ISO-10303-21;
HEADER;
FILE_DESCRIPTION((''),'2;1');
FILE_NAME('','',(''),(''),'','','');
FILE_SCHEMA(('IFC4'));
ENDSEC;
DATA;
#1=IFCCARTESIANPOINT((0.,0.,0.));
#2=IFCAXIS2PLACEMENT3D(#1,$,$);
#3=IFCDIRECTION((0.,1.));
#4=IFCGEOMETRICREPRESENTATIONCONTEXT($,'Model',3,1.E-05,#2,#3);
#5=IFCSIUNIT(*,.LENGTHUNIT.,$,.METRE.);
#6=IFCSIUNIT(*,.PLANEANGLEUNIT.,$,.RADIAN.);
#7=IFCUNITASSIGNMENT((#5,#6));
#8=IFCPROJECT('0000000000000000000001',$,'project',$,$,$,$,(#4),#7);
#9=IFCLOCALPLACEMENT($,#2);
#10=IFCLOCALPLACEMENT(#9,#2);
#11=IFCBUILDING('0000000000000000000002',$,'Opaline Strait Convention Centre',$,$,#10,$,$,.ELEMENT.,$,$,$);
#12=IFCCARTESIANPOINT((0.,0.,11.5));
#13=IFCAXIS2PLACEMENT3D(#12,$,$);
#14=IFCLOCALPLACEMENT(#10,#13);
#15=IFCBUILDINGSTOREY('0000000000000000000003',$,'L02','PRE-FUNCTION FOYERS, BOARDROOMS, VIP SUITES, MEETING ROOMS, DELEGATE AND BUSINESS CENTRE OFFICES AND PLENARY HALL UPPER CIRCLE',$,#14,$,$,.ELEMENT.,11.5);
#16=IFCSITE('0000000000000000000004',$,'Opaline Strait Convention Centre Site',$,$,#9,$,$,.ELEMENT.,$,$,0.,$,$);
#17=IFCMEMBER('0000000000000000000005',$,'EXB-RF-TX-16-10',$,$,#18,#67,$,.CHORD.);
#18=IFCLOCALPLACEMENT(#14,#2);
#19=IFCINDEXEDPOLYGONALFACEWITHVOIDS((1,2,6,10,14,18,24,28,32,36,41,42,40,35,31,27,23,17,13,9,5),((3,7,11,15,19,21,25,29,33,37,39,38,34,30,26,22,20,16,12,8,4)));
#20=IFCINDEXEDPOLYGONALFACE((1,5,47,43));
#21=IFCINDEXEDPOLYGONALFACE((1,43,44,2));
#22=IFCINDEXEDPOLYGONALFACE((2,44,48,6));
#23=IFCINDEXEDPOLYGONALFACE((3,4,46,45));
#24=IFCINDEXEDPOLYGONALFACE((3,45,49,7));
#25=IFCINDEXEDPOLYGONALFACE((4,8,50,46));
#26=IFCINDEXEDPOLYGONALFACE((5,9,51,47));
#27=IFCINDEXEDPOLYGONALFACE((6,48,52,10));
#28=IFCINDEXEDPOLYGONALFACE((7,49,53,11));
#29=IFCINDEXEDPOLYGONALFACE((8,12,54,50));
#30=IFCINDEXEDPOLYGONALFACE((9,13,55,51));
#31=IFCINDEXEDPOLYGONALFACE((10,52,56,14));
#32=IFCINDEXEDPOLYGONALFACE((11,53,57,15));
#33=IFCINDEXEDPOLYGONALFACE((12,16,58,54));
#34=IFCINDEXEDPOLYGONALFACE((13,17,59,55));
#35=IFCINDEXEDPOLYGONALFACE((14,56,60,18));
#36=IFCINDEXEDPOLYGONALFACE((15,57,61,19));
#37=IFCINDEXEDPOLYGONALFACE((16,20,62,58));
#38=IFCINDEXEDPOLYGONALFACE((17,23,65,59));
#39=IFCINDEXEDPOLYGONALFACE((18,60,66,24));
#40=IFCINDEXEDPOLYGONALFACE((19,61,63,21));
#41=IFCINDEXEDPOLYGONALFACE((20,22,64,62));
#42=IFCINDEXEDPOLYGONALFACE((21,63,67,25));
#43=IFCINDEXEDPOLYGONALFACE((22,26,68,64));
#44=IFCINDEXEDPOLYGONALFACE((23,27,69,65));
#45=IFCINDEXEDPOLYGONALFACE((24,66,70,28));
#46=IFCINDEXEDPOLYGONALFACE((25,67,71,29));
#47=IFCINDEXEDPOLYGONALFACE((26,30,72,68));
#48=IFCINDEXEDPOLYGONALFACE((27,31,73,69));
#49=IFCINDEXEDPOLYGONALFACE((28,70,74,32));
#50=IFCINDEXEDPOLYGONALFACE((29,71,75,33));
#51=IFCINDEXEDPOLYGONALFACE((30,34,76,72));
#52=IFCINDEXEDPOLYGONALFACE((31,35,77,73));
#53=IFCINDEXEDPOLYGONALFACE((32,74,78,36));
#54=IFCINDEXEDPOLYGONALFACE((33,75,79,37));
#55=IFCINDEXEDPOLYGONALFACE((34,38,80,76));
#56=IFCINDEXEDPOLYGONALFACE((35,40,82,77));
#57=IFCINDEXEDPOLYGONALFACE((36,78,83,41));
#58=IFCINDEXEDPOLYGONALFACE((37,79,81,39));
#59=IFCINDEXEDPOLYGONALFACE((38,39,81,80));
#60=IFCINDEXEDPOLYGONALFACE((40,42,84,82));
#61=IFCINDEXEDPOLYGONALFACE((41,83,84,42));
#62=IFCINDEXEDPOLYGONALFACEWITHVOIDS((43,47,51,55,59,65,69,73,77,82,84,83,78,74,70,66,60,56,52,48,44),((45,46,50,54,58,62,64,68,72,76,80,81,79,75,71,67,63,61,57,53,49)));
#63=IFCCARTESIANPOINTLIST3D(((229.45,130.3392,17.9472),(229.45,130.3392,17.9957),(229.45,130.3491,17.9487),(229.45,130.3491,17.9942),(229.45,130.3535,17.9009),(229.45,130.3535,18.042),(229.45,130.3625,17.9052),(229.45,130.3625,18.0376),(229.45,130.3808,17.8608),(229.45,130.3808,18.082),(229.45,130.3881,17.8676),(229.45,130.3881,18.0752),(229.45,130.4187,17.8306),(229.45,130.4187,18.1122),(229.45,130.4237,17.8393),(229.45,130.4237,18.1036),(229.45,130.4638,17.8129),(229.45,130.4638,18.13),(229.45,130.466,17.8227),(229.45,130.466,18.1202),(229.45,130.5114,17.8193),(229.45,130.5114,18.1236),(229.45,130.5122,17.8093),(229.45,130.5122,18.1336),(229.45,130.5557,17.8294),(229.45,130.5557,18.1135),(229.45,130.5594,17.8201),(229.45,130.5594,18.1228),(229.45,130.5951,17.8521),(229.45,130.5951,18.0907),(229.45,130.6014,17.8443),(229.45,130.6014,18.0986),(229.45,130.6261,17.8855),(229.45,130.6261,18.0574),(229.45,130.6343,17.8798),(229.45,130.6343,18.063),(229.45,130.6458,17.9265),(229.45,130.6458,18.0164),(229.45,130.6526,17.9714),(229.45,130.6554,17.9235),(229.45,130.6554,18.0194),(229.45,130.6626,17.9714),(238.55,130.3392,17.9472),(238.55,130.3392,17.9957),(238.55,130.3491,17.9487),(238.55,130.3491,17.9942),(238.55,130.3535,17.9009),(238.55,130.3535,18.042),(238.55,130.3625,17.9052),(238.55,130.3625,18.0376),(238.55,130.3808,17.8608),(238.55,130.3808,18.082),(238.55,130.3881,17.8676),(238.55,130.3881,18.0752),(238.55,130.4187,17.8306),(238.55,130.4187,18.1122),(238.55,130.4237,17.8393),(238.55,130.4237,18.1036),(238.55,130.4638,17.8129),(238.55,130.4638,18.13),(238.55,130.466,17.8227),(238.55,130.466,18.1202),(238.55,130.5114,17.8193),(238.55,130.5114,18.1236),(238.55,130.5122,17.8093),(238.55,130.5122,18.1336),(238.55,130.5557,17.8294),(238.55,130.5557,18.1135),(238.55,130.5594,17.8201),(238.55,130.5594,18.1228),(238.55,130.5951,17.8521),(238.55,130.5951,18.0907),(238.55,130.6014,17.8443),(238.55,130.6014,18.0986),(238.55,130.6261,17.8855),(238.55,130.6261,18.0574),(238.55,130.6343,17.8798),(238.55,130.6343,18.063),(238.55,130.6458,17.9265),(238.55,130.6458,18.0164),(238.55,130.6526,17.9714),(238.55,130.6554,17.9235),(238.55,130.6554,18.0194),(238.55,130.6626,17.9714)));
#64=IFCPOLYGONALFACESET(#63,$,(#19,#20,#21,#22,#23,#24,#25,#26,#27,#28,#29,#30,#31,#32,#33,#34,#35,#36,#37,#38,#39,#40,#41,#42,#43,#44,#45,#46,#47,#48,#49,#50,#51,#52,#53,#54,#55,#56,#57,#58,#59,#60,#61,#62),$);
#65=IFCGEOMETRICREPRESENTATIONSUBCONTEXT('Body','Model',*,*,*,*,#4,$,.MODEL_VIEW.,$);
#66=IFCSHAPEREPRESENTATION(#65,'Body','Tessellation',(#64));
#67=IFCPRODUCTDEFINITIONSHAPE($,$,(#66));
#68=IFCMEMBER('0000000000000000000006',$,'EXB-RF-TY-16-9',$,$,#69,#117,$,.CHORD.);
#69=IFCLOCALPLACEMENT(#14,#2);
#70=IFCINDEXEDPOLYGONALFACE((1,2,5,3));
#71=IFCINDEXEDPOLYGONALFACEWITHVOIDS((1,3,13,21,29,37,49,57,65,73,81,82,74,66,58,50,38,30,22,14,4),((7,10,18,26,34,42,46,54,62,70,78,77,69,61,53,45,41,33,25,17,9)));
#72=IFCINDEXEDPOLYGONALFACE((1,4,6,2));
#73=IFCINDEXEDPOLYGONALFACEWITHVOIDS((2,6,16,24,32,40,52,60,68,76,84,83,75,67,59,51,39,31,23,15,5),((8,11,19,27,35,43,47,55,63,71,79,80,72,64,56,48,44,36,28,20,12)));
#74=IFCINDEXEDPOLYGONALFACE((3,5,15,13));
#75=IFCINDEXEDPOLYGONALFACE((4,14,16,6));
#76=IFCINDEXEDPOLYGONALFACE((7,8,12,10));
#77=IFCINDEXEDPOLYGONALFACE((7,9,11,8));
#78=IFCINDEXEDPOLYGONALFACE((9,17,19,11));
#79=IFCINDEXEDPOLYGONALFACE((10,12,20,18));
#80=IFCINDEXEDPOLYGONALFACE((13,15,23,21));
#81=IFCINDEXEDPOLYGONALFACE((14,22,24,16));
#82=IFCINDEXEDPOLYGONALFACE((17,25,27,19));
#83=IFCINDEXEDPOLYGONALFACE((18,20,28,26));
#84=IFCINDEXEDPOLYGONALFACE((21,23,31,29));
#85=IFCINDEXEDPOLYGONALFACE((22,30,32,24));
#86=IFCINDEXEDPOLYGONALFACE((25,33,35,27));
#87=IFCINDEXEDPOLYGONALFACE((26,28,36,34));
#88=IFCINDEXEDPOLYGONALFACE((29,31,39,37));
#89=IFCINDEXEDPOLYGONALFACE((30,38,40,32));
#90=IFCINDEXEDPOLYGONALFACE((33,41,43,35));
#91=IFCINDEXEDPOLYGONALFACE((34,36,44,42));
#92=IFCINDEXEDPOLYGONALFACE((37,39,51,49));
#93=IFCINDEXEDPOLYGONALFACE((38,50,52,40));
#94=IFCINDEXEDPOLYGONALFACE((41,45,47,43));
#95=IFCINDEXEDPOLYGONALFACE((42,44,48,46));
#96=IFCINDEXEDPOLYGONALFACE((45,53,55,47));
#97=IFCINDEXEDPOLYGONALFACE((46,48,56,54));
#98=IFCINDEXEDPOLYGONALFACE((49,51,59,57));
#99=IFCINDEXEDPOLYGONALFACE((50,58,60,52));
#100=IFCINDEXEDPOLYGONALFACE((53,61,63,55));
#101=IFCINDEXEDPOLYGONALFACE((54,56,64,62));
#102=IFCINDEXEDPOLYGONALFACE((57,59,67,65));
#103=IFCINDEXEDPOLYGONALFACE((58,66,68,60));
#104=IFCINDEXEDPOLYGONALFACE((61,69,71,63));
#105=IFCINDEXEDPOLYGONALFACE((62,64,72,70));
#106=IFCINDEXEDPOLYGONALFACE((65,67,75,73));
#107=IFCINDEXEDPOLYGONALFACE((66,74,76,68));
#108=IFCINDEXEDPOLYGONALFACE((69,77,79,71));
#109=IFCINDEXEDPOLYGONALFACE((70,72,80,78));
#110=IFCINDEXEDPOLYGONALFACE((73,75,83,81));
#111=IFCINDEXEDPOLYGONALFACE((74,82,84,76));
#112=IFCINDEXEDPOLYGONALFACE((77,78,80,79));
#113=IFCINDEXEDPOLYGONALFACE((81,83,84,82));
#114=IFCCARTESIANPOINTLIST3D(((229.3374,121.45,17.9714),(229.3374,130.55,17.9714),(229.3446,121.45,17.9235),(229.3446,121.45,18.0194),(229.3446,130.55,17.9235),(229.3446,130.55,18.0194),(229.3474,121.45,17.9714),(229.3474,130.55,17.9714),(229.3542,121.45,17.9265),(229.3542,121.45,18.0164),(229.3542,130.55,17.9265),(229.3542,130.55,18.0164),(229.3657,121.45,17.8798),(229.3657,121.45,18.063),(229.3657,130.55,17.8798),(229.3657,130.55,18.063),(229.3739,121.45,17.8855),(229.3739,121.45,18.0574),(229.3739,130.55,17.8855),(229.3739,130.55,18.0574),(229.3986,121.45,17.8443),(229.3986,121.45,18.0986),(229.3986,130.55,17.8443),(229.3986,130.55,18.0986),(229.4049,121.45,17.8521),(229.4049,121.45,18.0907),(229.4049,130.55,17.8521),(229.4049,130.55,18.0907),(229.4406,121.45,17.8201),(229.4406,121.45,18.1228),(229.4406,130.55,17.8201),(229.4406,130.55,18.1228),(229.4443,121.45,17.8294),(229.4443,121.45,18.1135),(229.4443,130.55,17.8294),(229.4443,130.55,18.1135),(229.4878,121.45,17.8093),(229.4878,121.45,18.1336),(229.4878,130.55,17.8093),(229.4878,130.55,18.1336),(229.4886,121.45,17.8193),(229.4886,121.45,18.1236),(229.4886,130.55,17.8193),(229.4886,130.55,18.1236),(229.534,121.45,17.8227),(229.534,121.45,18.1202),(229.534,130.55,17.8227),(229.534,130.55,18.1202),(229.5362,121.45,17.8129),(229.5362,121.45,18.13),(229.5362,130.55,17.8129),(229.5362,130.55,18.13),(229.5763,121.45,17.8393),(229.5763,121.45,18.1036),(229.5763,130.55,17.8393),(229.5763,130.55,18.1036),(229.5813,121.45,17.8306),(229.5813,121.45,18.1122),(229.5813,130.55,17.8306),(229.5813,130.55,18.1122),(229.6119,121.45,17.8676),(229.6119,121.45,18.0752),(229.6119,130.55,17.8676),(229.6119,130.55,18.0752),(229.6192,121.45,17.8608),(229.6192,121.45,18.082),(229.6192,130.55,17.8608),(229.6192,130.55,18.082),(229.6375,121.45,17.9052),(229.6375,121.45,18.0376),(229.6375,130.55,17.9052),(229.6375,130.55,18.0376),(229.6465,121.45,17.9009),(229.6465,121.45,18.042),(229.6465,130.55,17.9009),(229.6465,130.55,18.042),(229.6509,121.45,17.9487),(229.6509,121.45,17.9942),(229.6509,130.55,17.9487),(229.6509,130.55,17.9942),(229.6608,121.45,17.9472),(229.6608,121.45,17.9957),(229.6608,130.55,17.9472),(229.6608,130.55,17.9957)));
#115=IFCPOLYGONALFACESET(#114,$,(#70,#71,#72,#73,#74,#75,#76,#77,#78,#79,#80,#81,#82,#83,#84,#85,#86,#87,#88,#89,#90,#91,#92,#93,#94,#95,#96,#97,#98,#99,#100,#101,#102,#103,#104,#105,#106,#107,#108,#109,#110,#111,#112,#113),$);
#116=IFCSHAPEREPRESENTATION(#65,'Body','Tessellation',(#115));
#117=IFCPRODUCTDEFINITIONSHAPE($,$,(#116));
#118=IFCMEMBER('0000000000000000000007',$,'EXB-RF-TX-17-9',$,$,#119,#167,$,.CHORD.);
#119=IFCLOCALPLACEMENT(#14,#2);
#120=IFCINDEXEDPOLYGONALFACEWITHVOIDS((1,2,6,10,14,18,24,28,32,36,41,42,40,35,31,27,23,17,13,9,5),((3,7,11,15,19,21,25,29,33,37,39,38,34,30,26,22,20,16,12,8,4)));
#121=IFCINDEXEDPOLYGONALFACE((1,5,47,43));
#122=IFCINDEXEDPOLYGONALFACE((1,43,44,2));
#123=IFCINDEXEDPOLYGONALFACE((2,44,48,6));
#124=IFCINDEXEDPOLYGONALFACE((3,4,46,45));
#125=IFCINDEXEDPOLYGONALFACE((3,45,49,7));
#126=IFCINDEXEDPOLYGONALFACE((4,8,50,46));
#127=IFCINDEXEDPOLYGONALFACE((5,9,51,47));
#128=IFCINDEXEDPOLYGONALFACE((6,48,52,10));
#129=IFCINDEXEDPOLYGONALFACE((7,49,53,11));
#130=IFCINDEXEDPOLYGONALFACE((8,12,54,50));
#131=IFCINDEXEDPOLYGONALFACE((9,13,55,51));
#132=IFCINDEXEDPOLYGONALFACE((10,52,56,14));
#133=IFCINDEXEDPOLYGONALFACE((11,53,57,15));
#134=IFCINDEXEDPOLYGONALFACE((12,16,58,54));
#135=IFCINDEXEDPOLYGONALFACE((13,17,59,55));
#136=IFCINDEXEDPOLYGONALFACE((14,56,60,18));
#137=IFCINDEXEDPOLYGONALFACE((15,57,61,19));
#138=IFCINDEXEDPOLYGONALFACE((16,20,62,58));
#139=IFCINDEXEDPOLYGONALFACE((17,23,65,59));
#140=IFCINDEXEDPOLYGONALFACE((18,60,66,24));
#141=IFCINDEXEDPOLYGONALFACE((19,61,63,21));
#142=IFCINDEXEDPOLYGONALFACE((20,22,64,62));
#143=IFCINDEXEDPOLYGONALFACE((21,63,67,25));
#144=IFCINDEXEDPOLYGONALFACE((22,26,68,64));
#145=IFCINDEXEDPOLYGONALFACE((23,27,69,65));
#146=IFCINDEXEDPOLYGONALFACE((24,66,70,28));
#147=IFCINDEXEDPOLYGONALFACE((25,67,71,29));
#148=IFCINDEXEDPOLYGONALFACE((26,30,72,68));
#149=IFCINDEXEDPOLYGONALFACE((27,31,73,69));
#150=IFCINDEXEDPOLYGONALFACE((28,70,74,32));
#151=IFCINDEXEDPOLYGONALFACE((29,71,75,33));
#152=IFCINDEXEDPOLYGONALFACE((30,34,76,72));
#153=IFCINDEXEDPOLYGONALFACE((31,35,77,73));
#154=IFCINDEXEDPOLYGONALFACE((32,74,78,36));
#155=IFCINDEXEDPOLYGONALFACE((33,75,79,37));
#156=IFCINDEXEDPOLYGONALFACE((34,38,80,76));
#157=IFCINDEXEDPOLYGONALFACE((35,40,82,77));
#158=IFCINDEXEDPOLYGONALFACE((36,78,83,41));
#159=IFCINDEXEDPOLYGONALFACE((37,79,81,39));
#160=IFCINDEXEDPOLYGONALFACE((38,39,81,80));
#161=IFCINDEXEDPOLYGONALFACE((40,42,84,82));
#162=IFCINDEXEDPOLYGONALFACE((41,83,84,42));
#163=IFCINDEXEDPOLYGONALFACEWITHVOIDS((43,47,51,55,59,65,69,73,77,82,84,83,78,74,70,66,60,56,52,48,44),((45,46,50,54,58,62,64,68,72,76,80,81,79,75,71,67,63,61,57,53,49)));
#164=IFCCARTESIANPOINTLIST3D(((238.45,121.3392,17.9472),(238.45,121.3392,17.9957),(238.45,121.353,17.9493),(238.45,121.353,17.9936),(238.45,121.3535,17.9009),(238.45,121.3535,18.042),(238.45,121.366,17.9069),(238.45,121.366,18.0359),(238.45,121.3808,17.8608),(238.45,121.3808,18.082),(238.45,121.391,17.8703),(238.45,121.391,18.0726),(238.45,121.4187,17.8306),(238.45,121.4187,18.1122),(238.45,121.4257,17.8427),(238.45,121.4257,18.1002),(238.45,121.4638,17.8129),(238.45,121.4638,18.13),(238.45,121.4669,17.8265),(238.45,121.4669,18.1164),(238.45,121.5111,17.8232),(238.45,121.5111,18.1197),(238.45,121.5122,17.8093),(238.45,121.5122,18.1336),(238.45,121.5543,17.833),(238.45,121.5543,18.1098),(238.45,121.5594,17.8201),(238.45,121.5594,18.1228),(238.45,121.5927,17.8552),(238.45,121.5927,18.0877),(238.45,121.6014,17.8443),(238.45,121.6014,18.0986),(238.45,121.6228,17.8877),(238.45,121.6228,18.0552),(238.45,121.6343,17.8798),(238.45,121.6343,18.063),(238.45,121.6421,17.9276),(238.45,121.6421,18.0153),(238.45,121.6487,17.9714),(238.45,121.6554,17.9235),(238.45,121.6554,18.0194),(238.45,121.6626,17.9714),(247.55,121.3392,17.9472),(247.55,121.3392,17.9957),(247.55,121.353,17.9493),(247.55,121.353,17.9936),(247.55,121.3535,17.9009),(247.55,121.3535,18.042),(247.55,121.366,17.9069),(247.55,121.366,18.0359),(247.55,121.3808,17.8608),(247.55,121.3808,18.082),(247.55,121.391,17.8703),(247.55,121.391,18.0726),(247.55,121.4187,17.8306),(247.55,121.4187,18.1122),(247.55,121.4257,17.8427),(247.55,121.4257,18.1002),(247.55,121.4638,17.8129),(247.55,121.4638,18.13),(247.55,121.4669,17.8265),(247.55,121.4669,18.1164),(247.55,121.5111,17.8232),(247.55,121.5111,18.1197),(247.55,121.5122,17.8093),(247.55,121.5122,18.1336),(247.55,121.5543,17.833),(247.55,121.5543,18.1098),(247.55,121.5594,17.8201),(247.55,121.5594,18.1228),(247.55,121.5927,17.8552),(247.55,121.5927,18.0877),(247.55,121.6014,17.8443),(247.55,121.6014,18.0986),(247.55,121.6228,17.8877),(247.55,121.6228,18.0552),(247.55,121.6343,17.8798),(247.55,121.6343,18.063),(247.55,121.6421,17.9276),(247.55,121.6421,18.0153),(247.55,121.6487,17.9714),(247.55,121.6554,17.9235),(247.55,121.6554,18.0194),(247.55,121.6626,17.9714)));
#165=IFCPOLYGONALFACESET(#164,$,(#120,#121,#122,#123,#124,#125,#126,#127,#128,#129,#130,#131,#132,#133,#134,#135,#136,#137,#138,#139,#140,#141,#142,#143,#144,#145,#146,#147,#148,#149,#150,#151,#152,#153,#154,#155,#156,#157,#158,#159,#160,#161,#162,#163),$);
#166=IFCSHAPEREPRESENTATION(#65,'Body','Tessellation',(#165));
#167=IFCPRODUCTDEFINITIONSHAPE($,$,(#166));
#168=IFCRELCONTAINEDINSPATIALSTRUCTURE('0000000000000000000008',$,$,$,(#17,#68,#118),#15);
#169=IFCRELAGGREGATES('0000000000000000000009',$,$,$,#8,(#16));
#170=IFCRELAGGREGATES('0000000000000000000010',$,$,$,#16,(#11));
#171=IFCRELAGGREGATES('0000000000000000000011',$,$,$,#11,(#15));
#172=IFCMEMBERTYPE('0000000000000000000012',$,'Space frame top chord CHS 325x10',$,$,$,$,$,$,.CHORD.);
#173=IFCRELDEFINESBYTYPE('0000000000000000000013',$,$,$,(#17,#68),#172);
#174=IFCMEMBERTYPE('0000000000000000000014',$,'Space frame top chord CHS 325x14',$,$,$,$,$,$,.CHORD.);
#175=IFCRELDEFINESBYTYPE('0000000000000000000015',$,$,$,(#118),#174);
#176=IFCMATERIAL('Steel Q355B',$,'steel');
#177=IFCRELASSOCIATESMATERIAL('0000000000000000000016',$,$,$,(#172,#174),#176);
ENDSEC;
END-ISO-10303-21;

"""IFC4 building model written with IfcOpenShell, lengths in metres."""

from ifc_helpers import new_model, si_unit, direction, frame, origin, origin_2d, place, context, subcontext, project, spatial, hollow_circle, extrude, material, material_profile, profile_set, type_object, element, save


model = new_model("IFC4")

# Units and contexts
model_context = context("Model", 3, precision=1e-05, world=origin(), true_north=direction((0.0, 1.0)))
body_context = subcontext(model_context, "Body", "Model", "MODEL_VIEW")
ifc_project = project(units=[si_unit("LENGTHUNIT", "METRE"), si_unit("PLANEANGLEUNIT", "RADIAN")], contexts=[model_context])

# Site, building, storey
site_placement = place(None, origin())
site = spatial("IfcSite", under=ifc_project, at=site_placement, Name="Opaline Strait Convention Centre Site", CompositionType="ELEMENT", RefElevation=0.0)
building_placement = place(site_placement, origin())
building = spatial("IfcBuilding", under=site, at=building_placement, Name="Opaline Strait Convention Centre", CompositionType="ELEMENT")
storey_placement = place(building_placement, frame((0.0, 0.0, 11.5)))
storey = spatial("IfcBuildingStorey", under=building, at=storey_placement, Name="L02", Description="PRE-FUNCTION FOYERS, BOARDROOMS, VIP SUITES, MEETING ROOMS, DELEGATE AND BUSINESS CENTRE OFFICES AND PLENARY HALL UPPER CIRCLE", CompositionType="ELEMENT", Elevation=11.5)

# Members
ifc_material = material(Name="Steel Q355B", Category="steel")
ifc_material_profile_1 = material_profile(ifc_material, hollow_circle(Radius=0.1626, WallThickness=0.01, at=origin_2d()), Name="CHS 325x10")
ifc_profile_set_1 = profile_set([ifc_material_profile_1], Name="Steel Q355B")
member_type_1 = type_object("IfcMemberType", Name="Space frame top chord CHS 325x10", PredefinedType="CHORD", material=ifc_profile_set_1)
for number, where, z_axis, x_axis, name in (
    (1, (229.45, 130.5, 17.9714), (1.0, 0.0, 0.0), (0.0, 1.0, 0.0), "EXB-RF-TX-16-10"),
    (2, (229.5, 121.45, 17.9714), (0.0, 1.0, 0.0), (-1.0, 0.0, 0.0), "EXB-RF-TY-16-9"),
):
    element("IfcMember", number, at=place(storey_placement, frame(where, z_axis=z_axis, x_axis=x_axis)), inside=storey, type_object=member_type_1, Name=name, PredefinedType="CHORD", context=body_context, shape_type="SweptSolid", body=[
        extrude(hollow_circle(Radius=0.1626, WallThickness=0.01, at=origin_2d()), origin(), (0.0, 0.0, 1.0), 9.1001),
    ])
ifc_material_profile_2 = material_profile(ifc_material, hollow_circle(Radius=0.1626, WallThickness=0.0139, at=origin_2d()), Name="CHS 325x14")
ifc_profile_set_2 = profile_set([ifc_material_profile_2], Name="Steel Q355B")
member_type_2 = type_object("IfcMemberType", Name="Space frame top chord CHS 325x14", PredefinedType="CHORD", material=ifc_profile_set_2)
for number, where, z_axis, x_axis, name in (
    (3, (238.45, 121.5, 17.9714), (1.0, 0.0, 0.0), (0.0, 1.0, 0.0), "EXB-RF-TX-17-9"),
):
    element("IfcMember", number, at=place(storey_placement, frame(where, z_axis=z_axis, x_axis=x_axis)), inside=storey, type_object=member_type_2, Name=name, PredefinedType="CHORD", context=body_context, shape_type="SweptSolid", body=[
        extrude(hollow_circle(Radius=0.1626, WallThickness=0.0139, at=origin_2d()), origin(), (0.0, 0.0, 1.0), 9.1001),
    ])

save(model, "model.ifc")
